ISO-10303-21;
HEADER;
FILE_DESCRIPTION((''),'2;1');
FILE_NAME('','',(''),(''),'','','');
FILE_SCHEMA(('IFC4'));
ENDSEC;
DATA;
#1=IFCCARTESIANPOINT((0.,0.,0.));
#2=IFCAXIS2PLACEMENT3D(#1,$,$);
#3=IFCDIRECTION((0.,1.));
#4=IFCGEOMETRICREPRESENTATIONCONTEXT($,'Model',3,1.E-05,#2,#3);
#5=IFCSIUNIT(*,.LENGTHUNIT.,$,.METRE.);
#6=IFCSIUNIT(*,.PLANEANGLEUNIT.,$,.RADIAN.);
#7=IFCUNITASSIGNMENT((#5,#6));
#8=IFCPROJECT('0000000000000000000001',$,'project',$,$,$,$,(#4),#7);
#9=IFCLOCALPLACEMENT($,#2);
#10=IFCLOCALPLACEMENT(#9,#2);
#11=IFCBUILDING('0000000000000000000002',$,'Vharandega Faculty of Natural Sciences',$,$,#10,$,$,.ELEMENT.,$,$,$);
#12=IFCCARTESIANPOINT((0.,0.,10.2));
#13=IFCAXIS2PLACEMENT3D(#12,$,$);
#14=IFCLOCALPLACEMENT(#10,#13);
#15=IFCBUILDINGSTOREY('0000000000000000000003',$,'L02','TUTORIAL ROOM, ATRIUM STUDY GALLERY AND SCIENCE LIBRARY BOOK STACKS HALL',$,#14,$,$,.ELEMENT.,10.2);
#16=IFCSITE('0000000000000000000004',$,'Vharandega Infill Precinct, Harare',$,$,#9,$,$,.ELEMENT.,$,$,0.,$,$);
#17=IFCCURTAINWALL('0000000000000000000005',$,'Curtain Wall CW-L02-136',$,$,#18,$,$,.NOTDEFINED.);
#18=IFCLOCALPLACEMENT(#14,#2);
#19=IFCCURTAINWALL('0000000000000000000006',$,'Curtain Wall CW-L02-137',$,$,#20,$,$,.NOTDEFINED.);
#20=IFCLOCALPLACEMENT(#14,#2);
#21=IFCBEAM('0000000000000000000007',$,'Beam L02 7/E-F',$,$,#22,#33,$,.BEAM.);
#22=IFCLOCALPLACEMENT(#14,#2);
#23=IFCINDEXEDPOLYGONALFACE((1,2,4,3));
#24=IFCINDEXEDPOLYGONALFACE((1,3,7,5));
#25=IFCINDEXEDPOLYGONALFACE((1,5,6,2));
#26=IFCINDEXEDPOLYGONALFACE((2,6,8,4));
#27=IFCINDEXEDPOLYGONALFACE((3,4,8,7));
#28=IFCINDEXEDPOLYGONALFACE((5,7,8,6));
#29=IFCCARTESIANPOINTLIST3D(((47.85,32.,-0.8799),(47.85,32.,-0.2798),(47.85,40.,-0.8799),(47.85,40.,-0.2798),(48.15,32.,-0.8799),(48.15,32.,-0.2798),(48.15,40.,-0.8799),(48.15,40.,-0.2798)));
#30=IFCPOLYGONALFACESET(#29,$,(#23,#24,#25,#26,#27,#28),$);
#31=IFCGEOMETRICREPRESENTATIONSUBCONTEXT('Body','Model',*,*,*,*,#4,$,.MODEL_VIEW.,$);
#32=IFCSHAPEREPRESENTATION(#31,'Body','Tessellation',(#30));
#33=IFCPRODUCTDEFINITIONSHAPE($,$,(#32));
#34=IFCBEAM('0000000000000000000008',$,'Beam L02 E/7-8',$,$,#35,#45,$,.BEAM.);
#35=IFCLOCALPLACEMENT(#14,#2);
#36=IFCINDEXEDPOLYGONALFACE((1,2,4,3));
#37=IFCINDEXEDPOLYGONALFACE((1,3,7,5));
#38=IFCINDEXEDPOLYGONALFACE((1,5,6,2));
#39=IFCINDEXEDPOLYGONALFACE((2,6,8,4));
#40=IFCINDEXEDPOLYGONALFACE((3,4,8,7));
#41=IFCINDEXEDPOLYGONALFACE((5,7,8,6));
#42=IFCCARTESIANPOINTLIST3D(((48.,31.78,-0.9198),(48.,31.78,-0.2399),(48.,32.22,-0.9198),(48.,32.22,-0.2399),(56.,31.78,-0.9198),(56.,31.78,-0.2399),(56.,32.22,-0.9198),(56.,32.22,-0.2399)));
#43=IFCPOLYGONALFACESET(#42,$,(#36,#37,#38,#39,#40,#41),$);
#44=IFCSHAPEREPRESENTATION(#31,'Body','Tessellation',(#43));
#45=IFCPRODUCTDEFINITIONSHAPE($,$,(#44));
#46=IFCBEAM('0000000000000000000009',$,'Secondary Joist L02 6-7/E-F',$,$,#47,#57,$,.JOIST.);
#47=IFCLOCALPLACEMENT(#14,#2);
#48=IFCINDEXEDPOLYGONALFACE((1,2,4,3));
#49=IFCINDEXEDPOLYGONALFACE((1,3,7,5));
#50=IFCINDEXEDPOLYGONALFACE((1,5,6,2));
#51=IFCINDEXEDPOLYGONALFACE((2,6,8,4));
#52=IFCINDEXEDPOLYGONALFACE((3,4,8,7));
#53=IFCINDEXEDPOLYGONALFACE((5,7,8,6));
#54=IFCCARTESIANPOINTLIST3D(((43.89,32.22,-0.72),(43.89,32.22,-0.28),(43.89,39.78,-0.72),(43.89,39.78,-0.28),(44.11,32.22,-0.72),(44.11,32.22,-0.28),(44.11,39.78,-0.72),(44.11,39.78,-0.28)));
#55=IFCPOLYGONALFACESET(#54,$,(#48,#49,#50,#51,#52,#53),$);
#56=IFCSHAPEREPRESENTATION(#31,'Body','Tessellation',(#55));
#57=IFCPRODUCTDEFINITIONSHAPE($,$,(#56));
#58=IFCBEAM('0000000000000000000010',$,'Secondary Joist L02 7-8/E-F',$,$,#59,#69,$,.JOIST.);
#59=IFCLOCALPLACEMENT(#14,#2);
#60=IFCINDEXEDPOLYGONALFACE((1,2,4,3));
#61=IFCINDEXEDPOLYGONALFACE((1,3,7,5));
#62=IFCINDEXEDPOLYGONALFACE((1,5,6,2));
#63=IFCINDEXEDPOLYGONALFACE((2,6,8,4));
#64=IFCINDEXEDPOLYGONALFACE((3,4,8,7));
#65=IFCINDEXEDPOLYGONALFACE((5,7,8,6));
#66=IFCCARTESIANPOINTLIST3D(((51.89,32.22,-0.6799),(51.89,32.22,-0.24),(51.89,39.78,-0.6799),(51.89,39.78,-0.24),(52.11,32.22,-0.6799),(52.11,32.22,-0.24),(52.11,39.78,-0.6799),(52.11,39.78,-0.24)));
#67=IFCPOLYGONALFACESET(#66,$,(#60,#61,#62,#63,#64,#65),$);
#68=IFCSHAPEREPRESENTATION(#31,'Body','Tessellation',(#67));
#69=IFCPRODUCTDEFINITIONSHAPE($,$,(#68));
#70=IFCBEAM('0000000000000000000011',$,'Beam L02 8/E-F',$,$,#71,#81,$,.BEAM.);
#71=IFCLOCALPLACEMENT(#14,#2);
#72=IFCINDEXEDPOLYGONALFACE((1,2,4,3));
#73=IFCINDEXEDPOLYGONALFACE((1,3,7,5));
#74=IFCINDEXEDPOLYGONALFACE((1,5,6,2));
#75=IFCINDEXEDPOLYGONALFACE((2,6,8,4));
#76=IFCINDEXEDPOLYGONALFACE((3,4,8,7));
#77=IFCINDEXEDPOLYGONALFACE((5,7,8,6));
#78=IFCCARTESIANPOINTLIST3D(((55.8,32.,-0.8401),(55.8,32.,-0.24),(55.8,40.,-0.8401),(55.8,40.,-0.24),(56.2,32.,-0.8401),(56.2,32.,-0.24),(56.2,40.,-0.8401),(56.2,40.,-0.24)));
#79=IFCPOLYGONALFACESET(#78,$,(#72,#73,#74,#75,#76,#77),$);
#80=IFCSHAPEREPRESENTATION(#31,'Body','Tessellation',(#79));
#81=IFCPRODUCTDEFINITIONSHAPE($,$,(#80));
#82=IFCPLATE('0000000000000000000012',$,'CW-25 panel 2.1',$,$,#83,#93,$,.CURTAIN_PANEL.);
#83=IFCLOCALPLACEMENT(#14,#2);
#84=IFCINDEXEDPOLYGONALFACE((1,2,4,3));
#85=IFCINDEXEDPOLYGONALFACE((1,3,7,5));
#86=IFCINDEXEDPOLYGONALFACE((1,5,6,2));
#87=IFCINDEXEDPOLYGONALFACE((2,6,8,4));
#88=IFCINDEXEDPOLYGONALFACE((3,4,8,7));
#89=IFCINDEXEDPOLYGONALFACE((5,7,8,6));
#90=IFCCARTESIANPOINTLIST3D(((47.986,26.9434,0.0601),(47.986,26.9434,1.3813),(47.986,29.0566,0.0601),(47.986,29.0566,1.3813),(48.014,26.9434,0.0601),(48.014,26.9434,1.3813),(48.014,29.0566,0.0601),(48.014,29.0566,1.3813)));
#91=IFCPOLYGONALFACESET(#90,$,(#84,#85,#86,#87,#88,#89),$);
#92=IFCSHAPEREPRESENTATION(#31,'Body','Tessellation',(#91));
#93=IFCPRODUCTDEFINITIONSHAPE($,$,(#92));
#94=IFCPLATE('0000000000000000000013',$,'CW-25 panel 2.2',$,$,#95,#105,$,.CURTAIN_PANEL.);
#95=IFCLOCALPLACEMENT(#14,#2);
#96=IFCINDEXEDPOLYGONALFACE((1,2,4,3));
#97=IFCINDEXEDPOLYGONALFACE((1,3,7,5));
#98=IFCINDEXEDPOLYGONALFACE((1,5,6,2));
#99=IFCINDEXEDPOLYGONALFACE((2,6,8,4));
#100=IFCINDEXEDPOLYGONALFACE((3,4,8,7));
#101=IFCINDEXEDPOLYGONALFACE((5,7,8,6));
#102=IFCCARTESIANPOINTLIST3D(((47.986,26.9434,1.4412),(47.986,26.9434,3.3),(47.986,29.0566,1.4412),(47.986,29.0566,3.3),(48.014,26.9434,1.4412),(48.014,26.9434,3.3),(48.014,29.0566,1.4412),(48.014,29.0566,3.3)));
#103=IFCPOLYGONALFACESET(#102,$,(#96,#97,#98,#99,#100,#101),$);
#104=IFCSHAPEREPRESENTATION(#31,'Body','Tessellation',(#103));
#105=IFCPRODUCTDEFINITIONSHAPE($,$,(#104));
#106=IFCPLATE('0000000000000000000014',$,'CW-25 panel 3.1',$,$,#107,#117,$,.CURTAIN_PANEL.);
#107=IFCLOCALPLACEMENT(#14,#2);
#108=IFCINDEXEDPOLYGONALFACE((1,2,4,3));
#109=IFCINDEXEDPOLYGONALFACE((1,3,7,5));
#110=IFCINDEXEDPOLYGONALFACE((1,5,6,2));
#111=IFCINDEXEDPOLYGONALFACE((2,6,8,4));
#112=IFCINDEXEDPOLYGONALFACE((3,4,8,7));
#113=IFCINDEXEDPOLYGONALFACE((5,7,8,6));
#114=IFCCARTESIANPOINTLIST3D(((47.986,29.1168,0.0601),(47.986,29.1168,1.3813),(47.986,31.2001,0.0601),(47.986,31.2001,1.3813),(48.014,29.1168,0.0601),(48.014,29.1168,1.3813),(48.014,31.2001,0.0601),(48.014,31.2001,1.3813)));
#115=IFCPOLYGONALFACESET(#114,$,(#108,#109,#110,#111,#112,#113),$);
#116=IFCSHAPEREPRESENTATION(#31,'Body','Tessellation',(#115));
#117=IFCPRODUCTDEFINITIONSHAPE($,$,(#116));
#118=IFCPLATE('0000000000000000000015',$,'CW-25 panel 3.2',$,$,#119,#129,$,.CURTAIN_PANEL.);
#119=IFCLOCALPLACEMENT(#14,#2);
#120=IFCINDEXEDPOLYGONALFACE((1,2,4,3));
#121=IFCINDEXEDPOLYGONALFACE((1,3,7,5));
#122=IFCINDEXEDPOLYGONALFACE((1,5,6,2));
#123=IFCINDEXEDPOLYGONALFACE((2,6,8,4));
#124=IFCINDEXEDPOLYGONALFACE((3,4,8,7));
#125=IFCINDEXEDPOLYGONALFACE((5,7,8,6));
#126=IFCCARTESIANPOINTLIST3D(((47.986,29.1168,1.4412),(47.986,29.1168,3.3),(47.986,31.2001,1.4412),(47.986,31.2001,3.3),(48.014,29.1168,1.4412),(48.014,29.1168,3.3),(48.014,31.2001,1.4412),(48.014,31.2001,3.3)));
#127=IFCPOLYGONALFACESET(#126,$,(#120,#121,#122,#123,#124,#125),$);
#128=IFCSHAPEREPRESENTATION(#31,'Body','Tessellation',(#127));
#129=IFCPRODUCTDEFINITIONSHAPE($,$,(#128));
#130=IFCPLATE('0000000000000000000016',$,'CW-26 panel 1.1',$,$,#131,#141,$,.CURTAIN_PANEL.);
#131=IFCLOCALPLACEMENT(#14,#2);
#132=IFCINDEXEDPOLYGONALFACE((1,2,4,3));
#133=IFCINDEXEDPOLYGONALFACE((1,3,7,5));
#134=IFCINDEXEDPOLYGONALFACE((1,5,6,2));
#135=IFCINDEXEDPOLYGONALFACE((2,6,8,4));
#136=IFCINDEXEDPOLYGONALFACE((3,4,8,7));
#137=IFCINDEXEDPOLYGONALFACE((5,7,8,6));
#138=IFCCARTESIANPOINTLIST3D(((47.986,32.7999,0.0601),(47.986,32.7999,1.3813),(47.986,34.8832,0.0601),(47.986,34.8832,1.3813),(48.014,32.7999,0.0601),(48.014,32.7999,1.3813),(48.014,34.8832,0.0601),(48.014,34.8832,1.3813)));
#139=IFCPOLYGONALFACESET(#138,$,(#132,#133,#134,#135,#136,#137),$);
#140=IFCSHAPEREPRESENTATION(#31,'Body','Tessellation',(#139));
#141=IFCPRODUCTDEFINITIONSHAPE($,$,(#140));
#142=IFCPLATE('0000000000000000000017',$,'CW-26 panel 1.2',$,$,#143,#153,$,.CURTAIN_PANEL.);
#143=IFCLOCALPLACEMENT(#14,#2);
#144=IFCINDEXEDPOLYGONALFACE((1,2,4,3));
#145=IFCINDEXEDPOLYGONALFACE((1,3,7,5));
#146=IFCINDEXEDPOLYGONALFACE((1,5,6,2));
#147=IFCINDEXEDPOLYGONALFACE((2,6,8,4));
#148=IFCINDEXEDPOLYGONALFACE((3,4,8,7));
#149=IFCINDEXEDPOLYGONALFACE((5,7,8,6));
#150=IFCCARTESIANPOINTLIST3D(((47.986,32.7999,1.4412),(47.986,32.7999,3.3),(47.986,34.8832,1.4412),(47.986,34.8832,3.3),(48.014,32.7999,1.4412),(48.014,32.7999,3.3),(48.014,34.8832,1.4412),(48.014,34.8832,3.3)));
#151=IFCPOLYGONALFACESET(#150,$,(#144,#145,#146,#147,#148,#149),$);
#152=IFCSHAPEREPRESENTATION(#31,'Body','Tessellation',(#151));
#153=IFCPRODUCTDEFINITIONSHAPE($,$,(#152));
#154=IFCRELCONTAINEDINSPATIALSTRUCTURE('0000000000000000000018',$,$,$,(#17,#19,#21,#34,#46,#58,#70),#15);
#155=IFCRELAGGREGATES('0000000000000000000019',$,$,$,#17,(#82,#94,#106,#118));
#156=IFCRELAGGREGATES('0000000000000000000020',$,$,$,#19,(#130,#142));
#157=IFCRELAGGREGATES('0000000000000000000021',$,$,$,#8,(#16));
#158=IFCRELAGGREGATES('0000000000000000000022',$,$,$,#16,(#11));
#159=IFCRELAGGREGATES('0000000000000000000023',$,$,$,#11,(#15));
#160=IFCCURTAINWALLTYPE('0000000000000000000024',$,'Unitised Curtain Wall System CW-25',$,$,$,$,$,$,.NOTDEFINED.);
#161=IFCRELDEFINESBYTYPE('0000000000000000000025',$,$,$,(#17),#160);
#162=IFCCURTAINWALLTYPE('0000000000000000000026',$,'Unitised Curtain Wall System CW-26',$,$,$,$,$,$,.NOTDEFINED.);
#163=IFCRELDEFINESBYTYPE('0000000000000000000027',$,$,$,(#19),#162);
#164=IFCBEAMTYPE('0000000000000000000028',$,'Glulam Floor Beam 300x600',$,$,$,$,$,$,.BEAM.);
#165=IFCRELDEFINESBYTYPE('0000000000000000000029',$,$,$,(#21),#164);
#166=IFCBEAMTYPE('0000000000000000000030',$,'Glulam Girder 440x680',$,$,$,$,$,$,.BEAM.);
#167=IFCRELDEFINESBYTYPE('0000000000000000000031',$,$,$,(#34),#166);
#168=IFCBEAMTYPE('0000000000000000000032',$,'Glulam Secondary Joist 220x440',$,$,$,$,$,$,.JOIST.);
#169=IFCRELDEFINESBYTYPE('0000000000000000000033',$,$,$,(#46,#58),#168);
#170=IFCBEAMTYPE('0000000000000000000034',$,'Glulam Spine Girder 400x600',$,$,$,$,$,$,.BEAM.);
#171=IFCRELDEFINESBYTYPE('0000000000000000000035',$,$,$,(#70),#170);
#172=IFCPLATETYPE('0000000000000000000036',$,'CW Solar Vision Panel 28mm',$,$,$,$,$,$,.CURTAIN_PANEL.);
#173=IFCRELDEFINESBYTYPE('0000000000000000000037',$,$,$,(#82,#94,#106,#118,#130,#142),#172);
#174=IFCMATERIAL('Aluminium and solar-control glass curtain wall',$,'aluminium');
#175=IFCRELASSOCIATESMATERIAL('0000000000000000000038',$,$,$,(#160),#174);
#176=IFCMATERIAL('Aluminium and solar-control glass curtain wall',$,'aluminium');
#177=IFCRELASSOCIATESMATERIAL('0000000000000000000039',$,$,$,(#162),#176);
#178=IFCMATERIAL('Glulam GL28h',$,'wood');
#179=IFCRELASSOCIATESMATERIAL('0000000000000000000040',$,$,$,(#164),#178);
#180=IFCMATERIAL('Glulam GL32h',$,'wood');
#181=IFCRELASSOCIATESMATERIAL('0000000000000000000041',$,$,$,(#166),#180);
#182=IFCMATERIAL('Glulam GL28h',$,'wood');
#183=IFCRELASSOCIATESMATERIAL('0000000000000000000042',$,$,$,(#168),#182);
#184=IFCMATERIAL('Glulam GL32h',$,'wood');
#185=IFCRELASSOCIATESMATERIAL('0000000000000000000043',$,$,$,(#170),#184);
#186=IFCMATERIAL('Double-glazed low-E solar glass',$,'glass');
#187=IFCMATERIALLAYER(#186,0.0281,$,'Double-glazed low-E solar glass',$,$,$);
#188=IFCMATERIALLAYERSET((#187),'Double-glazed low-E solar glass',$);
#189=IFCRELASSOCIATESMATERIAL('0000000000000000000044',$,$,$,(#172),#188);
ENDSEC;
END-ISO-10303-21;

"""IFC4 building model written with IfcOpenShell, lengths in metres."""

from ifc_helpers import new_model, si_unit, direction, frame, origin, origin_2d, place, context, subcontext, project, spatial, rectangle, extrude, material, layer, layer_set, material_profile, profile_set, type_object, element, aggregate, save


model = new_model("IFC4")

# Units and contexts
model_context = context("Model", 3, precision=1e-05, world=origin(), true_north=direction((0.0, 1.0)))
body_context = subcontext(model_context, "Body", "Model", "MODEL_VIEW")
ifc_project = project(units=[si_unit("LENGTHUNIT", "METRE"), si_unit("PLANEANGLEUNIT", "RADIAN")], contexts=[model_context])

# Site, building, storey
site_placement = place(None, origin())
site = spatial("IfcSite", under=ifc_project, at=site_placement, Name="Vharandega Infill Precinct, Harare", CompositionType="ELEMENT", RefElevation=0.0)
building_placement = place(site_placement, origin())
building = spatial("IfcBuilding", under=site, at=building_placement, Name="Vharandega Faculty of Natural Sciences", CompositionType="ELEMENT")
storey_placement = place(building_placement, frame((0.0, 0.0, 10.2)))
storey = spatial("IfcBuildingStorey", under=building, at=storey_placement, Name="L02", Description="TUTORIAL ROOM, ATRIUM STUDY GALLERY AND SCIENCE LIBRARY BOOK STACKS HALL", CompositionType="ELEMENT", Elevation=10.2)

# Curtain walls
ifc_material_1 = material(Name="Aluminium and solar-control glass curtain wall", Category="aluminium")
curtain_wall_type_1 = type_object("IfcCurtainWallType", Name="Unitised Curtain Wall System CW-25", PredefinedType="NOTDEFINED", material=ifc_material_1)
curtain_wall_1_placement = place(storey_placement, origin())
curtain_wall_1 = element("IfcCurtainWall", 1, at=curtain_wall_1_placement, inside=storey, type_object=curtain_wall_type_1, Name="Curtain Wall CW-L02-136", PredefinedType="NOTDEFINED")
ifc_material_2 = material(Name="Aluminium and solar-control glass curtain wall", Category="aluminium")
curtain_wall_type_2 = type_object("IfcCurtainWallType", Name="Unitised Curtain Wall System CW-26", PredefinedType="NOTDEFINED", material=ifc_material_2)
curtain_wall_2_placement = place(storey_placement, origin())
curtain_wall_2 = element("IfcCurtainWall", 2, at=curtain_wall_2_placement, inside=storey, type_object=curtain_wall_type_2, Name="Curtain Wall CW-L02-137", PredefinedType="NOTDEFINED")

# Beams
ifc_material_3 = material(Name="Glulam GL28h", Category="wood")
ifc_material_profile_1 = material_profile(ifc_material_3, rectangle(XDim=0.3, YDim=0.6001, at=origin_2d()), Name="GL28h 300x600")
ifc_profile_set_1 = profile_set([ifc_material_profile_1], Name="Glulam GL28h")
beam_type_1 = type_object("IfcBeamType", Name="Glulam Floor Beam 300x600", PredefinedType="BEAM", material=ifc_profile_set_1)
beam_1_placement = place(storey_placement, frame((48.0, 32.0, -0.5798), z_axis=(0.0, 1.0, 0.0), x_axis=(-1.0, 0.0, 0.0)))
element("IfcBeam", 3, at=beam_1_placement, inside=storey, type_object=beam_type_1, Name="Beam L02 7/E-F", PredefinedType="BEAM", context=body_context, shape_type="SweptSolid", body=[
    extrude(rectangle(XDim=0.3, YDim=0.6001, at=origin_2d()), origin(), (0.0, 0.0, 1.0), 8.0),
])
ifc_material_4 = material(Name="Glulam GL32h", Category="wood")
ifc_material_profile_2 = material_profile(ifc_material_4, rectangle(XDim=0.4399, YDim=0.6799, at=origin_2d()), Name="GL32h 440x680")
ifc_profile_set_2 = profile_set([ifc_material_profile_2], Name="Glulam GL32h")
beam_type_2 = type_object("IfcBeamType", Name="Glulam Girder 440x680", PredefinedType="BEAM", material=ifc_profile_set_2)
beam_2_placement = place(storey_placement, frame((48.0, 32.0, -0.5798), z_axis=(1.0, 0.0, 0.0), x_axis=(0.0, 1.0, 0.0)))
element("IfcBeam", 4, at=beam_2_placement, inside=storey, type_object=beam_type_2, Name="Beam L02 E/7-8", PredefinedType="BEAM", context=body_context, shape_type="SweptSolid", body=[
    extrude(rectangle(XDim=0.4399, YDim=0.6799, at=origin_2d()), origin(), (0.0, 0.0, 1.0), 8.0),
])
ifc_material_5 = material(Name="Glulam GL28h", Category="wood")
ifc_material_profile_3 = material_profile(ifc_material_5, rectangle(XDim=0.22, YDim=0.4399, at=origin_2d()), Name="GL28h 220x440")
ifc_profile_set_3 = profile_set([ifc_material_profile_3], Name="Glulam GL28h")
beam_type_3 = type_object("IfcBeamType", Name="Glulam Secondary Joist 220x440", PredefinedType="JOIST", material=ifc_profile_set_3)
for number, where, z_axis, x_axis, name in (
    (5, (44.0, 32.22, -0.5), (0.0, 1.0, 0.0), (-1.0, 0.0, 0.0), "Secondary Joist L02 6-7/E-F"),
    (6, (52.0, 32.22, -0.46), (0.0, 1.0, 0.0), (-1.0, 0.0, 0.0), "Secondary Joist L02 7-8/E-F"),
):
    element("IfcBeam", number, at=place(storey_placement, frame(where, z_axis=z_axis, x_axis=x_axis)), inside=storey, type_object=beam_type_3, Name=name, PredefinedType="JOIST", context=body_context, shape_type="SweptSolid", body=[
        extrude(rectangle(XDim=0.22, YDim=0.4399, at=origin_2d()), origin(), (0.0, 0.0, 1.0), 7.5601),
    ])
ifc_material_6 = material(Name="Glulam GL32h", Category="wood")
ifc_material_profile_4 = material_profile(ifc_material_6, rectangle(XDim=0.3999, YDim=0.6001, at=origin_2d()), Name="GL32h 400x600")
ifc_profile_set_4 = profile_set([ifc_material_profile_4], Name="Glulam GL32h")
beam_type_4 = type_object("IfcBeamType", Name="Glulam Spine Girder 400x600", PredefinedType="BEAM", material=ifc_profile_set_4)
beam_3_placement = place(storey_placement, frame((56.0, 32.0, -0.54), z_axis=(0.0, 1.0, 0.0), x_axis=(-1.0, 0.0, 0.0)))
element("IfcBeam", 7, at=beam_3_placement, inside=storey, type_object=beam_type_4, Name="Beam L02 8/E-F", PredefinedType="BEAM", context=body_context, shape_type="SweptSolid", body=[
    extrude(rectangle(XDim=0.3999, YDim=0.6001, at=origin_2d()), origin(), (0.0, 0.0, 1.0), 8.0),
])

# Plates
ifc_material_7 = material(Name="Double-glazed low-E solar glass", Category="glass")
ifc_layer = layer(ifc_material_7, 0.0281, Name="Double-glazed low-E solar glass")
ifc_layer_set = layer_set([ifc_layer], Name="Double-glazed low-E solar glass")
plate_type = type_object("IfcPlateType", Name="CW Solar Vision Panel 28mm", PredefinedType="CURTAIN_PANEL", material=ifc_layer_set)
plate_1_placement = place(storey_placement, frame((48.0, 28.0, 0.0601), z_axis=(0.0, 0.0, 1.0), x_axis=(0.0, 1.0, 0.0)))
plate_1 = element("IfcPlate", 8, at=plate_1_placement, type_object=plate_type, Name="CW-25 panel 2.1", PredefinedType="CURTAIN_PANEL", context=body_context, shape_type="SweptSolid", body=[
    extrude(rectangle(XDim=2.1133, YDim=0.0281, at=origin_2d()), origin(), (0.0, 0.0, 1.0), 1.3213),
])
plate_2_placement = place(storey_placement, frame((48.0, 28.0, 1.4412), z_axis=(0.0, 0.0, 1.0), x_axis=(0.0, 1.0, 0.0)))
plate_2 = element("IfcPlate", 9, at=plate_2_placement, type_object=plate_type, Name="CW-25 panel 2.2", PredefinedType="CURTAIN_PANEL", context=body_context, shape_type="SweptSolid", body=[
    extrude(rectangle(XDim=2.1133, YDim=0.0281, at=origin_2d()), origin(), (0.0, 0.0, 1.0), 1.8589),
])
plate_3_placement = place(storey_placement, frame((48.0, 30.1584, 0.0601), z_axis=(0.0, 0.0, 1.0), x_axis=(0.0, 1.0, 0.0)))
plate_3 = element("IfcPlate", 10, at=plate_3_placement, type_object=plate_type, Name="CW-25 panel 3.1", PredefinedType="CURTAIN_PANEL", context=body_context, shape_type="SweptSolid", body=[
    extrude(rectangle(XDim=2.0833, YDim=0.0281, at=origin_2d()), origin(), (0.0, 0.0, 1.0), 1.3213),
])
plate_4_placement = place(storey_placement, frame((48.0, 30.1584, 1.4412), z_axis=(0.0, 0.0, 1.0), x_axis=(0.0, 1.0, 0.0)))
plate_4 = element("IfcPlate", 11, at=plate_4_placement, type_object=plate_type, Name="CW-25 panel 3.2", PredefinedType="CURTAIN_PANEL", context=body_context, shape_type="SweptSolid", body=[
    extrude(rectangle(XDim=2.0833, YDim=0.0281, at=origin_2d()), origin(), (0.0, 0.0, 1.0), 1.8589),
])
aggregate(curtain_wall_1, [plate_1, plate_2, plate_3, plate_4])
plate_5_placement = place(storey_placement, frame((48.0, 33.8416, 0.0601), z_axis=(0.0, 0.0, 1.0), x_axis=(0.0, 1.0, 0.0)))
plate_5 = element("IfcPlate", 12, at=plate_5_placement, type_object=plate_type, Name="CW-26 panel 1.1", PredefinedType="CURTAIN_PANEL", context=body_context, shape_type="SweptSolid", body=[
    extrude(rectangle(XDim=2.0833, YDim=0.0281, at=origin_2d()), origin(), (0.0, 0.0, 1.0), 1.3213),
])
plate_6_placement = place(storey_placement, frame((48.0, 33.8416, 1.4412), z_axis=(0.0, 0.0, 1.0), x_axis=(0.0, 1.0, 0.0)))
plate_6 = element("IfcPlate", 13, at=plate_6_placement, type_object=plate_type, Name="CW-26 panel 1.2", PredefinedType="CURTAIN_PANEL", context=body_context, shape_type="SweptSolid", body=[
    extrude(rectangle(XDim=2.0833, YDim=0.0281, at=origin_2d()), origin(), (0.0, 0.0, 1.0), 1.8589),
])
aggregate(curtain_wall_2, [plate_5, plate_6])

save(model, "model.ifc")
